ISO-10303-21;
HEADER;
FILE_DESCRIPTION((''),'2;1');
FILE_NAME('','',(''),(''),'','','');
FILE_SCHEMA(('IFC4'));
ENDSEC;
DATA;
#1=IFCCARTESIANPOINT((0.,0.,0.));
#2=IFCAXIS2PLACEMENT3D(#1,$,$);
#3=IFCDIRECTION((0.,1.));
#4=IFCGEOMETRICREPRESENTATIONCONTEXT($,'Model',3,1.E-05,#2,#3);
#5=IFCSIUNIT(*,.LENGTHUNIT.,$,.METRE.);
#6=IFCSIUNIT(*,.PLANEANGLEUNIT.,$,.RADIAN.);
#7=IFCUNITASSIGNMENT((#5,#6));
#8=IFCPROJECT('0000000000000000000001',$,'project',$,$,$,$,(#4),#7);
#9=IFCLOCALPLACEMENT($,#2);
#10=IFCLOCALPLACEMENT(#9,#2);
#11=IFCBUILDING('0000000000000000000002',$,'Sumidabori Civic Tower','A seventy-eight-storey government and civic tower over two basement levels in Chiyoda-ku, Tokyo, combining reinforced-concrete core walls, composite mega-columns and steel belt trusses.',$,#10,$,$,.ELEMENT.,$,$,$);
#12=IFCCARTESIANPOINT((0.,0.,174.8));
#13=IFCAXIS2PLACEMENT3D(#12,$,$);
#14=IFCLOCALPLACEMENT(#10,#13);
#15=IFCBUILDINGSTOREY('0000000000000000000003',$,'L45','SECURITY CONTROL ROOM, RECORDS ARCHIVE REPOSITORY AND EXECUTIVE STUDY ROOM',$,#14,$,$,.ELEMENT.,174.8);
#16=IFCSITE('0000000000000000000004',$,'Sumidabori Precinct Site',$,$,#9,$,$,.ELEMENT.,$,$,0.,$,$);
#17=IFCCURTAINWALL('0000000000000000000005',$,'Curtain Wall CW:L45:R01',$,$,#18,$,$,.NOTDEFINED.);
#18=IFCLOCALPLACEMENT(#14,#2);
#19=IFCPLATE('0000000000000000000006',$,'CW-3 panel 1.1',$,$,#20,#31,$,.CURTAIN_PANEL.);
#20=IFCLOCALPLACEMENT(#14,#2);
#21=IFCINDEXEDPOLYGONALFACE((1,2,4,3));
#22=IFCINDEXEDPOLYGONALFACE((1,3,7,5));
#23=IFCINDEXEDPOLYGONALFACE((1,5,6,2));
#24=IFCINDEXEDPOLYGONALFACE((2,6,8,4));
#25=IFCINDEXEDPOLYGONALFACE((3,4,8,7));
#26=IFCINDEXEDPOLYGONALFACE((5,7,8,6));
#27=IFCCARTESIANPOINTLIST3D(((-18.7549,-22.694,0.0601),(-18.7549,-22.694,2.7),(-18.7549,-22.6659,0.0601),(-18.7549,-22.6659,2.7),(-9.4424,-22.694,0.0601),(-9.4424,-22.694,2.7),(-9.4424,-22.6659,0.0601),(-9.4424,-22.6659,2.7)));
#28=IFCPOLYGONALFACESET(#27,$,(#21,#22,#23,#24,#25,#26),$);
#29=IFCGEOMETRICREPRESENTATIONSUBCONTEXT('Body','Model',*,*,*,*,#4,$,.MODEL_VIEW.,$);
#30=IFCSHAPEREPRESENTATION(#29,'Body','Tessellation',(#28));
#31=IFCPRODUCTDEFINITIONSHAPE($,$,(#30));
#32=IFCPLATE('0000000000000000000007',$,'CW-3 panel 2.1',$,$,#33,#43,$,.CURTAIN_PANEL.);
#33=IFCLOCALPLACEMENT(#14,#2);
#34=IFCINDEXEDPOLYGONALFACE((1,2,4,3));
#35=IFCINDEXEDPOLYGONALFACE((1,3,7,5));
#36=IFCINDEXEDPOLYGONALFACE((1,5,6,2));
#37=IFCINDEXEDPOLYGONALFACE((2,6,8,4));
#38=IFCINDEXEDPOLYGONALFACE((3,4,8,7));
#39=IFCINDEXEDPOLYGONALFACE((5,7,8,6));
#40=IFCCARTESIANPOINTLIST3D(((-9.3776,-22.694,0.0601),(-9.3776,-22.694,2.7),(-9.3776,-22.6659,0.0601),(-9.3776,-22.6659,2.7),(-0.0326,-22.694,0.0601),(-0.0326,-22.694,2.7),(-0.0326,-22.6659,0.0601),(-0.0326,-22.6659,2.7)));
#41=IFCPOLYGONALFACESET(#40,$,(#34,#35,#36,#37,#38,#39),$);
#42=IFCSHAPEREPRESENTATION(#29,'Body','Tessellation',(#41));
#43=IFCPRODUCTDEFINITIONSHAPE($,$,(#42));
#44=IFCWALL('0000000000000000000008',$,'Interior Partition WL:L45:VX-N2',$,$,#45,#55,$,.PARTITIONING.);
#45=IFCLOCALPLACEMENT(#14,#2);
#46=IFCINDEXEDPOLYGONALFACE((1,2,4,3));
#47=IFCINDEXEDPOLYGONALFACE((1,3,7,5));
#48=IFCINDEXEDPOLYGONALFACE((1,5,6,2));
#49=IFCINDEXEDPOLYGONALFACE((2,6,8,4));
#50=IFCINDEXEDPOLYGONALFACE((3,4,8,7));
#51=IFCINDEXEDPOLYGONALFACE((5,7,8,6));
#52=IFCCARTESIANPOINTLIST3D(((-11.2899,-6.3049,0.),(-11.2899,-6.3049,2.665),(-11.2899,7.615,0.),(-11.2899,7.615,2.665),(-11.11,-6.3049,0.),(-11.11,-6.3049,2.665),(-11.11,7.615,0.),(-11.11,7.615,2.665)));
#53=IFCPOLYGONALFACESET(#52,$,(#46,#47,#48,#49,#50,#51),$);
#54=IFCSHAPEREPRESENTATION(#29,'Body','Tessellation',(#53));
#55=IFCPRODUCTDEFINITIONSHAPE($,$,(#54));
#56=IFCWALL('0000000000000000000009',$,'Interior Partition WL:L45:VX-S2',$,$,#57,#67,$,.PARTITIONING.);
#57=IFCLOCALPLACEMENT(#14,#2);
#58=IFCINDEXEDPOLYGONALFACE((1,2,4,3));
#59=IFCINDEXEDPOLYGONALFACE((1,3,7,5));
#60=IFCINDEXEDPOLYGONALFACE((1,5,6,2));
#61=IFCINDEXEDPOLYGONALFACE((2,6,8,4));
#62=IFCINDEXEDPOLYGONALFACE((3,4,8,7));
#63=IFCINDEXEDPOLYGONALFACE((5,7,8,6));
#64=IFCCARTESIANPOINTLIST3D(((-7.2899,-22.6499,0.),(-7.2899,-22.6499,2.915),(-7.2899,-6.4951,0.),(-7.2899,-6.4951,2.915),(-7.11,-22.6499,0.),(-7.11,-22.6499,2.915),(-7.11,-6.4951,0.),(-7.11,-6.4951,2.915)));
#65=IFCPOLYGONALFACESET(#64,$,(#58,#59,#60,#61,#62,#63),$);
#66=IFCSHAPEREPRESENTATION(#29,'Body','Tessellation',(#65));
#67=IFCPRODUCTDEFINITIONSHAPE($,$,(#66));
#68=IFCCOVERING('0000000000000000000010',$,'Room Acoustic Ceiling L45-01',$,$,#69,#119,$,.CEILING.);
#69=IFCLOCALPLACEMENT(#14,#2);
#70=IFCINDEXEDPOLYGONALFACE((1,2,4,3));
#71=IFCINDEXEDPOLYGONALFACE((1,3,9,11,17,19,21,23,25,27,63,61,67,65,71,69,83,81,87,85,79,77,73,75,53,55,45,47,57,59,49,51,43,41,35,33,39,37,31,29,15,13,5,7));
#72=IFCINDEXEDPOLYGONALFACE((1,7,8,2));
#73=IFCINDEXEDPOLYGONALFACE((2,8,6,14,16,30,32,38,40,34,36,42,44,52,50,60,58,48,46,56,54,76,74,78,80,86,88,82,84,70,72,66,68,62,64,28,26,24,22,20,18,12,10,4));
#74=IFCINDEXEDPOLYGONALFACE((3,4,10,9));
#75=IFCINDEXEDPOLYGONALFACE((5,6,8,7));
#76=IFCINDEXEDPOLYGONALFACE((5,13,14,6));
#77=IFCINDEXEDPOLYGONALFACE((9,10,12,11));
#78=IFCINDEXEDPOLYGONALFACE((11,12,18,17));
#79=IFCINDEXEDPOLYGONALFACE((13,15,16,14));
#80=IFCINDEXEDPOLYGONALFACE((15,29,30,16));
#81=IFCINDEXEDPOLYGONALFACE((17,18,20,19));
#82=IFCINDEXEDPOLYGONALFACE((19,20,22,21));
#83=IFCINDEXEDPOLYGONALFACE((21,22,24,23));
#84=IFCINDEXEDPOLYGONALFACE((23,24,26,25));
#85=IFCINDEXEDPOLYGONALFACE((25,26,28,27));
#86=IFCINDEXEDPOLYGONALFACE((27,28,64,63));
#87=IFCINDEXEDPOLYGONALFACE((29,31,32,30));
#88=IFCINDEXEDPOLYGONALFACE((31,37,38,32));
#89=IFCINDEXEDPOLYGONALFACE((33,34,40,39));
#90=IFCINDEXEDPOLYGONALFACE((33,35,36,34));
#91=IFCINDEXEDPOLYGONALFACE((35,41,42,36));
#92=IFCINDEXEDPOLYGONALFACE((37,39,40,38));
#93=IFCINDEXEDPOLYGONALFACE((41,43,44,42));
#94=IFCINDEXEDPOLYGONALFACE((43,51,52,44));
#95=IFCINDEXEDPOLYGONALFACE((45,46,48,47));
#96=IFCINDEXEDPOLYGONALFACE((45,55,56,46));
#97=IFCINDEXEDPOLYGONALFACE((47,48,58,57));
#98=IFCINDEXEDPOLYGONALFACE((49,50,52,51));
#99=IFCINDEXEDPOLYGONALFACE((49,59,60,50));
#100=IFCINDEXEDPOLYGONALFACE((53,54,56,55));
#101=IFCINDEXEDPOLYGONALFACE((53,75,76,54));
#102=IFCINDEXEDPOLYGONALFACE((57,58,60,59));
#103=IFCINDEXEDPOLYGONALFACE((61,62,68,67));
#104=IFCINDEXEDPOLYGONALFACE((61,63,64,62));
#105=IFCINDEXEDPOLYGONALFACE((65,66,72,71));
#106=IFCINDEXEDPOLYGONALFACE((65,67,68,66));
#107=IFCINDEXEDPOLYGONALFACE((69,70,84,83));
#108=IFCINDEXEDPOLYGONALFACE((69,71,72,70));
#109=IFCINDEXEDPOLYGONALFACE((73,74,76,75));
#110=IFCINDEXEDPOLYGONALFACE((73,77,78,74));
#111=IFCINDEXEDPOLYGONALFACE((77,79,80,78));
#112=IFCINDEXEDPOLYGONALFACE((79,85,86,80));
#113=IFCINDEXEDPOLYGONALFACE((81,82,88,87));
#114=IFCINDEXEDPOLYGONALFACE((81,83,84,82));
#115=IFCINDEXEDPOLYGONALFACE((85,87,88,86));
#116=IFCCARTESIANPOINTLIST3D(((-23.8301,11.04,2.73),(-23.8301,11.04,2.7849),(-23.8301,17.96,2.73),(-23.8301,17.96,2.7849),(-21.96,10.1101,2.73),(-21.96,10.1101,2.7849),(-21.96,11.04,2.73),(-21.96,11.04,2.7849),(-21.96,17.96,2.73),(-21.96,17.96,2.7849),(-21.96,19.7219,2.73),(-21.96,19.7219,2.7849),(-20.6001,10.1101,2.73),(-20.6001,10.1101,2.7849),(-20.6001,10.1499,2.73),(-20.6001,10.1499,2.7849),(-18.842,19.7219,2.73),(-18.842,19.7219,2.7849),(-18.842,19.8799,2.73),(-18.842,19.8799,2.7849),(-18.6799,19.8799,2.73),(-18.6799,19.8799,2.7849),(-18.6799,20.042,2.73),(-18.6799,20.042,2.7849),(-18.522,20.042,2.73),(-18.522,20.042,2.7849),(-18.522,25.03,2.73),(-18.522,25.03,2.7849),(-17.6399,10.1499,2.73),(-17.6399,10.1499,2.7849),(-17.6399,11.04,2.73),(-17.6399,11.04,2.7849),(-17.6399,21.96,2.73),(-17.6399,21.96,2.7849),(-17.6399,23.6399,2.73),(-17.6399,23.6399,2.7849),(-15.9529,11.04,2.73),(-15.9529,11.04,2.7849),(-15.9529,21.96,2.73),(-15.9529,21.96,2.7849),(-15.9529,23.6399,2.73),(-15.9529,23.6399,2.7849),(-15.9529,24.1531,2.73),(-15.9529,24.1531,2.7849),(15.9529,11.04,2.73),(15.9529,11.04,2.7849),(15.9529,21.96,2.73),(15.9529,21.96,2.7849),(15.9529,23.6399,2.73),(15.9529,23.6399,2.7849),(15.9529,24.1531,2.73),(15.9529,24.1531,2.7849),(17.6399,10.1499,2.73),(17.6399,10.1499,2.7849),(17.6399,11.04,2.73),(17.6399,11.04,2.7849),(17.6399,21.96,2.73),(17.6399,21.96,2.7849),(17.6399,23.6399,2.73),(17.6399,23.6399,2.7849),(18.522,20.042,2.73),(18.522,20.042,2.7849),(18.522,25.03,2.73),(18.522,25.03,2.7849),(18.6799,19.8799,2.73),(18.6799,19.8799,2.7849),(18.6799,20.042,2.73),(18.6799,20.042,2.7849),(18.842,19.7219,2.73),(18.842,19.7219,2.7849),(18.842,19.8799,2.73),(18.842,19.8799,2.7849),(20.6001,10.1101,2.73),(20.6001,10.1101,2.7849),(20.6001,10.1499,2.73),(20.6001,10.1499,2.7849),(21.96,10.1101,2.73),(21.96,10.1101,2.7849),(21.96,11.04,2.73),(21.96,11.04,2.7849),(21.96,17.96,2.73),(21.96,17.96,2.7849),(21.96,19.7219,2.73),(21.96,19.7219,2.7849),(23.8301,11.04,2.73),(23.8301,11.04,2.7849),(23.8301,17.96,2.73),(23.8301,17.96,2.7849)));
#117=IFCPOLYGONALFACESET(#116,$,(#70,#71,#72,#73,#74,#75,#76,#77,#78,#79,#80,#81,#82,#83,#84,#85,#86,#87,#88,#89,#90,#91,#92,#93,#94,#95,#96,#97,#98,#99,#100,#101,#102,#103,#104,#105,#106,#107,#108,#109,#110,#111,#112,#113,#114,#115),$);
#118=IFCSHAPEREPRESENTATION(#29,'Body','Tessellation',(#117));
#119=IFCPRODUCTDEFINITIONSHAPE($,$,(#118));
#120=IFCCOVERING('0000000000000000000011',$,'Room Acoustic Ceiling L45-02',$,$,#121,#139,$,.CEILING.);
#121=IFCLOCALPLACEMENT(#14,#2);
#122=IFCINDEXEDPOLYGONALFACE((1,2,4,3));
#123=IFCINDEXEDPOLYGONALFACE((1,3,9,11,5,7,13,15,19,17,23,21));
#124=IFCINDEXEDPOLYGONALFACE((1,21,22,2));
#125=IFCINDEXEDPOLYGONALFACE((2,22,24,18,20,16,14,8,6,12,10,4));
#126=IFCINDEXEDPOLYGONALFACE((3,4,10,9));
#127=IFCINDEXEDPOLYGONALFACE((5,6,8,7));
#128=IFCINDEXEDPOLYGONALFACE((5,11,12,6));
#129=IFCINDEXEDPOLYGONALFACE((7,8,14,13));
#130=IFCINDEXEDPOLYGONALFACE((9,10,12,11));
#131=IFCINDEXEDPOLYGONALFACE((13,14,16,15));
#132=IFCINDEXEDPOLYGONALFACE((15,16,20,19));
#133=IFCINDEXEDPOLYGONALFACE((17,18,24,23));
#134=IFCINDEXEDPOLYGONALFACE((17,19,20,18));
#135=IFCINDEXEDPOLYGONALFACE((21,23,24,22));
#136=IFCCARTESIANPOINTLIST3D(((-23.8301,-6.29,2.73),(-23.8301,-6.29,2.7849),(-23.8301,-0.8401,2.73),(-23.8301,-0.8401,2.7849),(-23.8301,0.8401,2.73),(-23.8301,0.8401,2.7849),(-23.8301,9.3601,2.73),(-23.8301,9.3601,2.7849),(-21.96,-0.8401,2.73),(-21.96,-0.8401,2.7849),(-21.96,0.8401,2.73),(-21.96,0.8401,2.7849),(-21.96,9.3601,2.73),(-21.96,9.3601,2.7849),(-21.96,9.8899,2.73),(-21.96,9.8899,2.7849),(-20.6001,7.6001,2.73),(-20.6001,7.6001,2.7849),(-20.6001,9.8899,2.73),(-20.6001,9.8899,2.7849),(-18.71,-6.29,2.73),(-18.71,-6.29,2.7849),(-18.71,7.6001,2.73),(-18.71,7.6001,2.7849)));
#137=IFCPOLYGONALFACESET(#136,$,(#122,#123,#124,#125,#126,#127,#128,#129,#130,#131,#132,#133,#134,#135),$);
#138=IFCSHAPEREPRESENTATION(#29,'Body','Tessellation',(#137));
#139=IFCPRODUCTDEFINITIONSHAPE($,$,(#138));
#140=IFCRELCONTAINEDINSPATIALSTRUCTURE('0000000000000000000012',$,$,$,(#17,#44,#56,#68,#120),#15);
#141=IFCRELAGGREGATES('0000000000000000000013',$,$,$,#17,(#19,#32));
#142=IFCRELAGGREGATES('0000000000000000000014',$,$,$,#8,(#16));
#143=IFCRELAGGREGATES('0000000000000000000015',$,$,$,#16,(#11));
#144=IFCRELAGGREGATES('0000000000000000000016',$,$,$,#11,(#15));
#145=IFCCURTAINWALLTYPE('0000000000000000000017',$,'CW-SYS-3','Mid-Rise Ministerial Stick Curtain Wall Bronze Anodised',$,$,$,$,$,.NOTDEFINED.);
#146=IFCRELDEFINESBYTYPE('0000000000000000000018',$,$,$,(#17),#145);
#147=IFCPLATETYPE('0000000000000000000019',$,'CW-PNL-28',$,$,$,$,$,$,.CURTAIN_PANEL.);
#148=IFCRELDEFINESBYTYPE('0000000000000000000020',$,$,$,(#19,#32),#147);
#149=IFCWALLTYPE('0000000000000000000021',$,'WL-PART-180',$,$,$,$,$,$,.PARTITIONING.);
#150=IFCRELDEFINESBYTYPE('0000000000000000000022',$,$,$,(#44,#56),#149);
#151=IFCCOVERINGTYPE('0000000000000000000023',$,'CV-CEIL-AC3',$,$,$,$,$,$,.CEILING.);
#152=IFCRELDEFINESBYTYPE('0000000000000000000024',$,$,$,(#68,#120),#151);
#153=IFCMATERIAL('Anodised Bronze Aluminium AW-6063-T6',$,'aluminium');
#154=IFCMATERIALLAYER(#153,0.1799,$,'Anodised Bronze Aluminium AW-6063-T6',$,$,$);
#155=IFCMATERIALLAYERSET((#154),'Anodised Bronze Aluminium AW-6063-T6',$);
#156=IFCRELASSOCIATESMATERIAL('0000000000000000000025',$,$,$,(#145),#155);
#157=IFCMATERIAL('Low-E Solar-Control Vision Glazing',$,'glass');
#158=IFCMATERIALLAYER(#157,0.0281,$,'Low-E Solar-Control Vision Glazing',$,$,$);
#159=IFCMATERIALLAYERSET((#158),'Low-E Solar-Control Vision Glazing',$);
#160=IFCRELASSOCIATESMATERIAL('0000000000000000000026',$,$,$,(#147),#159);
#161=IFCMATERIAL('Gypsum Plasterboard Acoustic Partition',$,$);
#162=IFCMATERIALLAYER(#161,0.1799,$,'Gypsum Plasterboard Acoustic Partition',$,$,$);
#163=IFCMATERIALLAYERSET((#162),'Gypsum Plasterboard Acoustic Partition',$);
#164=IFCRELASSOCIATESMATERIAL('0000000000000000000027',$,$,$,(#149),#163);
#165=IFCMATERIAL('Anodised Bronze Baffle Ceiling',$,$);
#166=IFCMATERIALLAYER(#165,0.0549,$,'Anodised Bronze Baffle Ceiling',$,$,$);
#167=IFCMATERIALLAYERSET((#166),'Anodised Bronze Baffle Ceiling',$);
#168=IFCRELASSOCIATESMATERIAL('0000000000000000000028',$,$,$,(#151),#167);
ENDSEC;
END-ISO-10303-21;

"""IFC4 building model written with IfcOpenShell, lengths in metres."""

from ifc_helpers import new_model, si_unit, direction, frame, frame_2d, origin, origin_2d, place, context, subcontext, project, spatial, polyline, rectangle, outline, extrude, source, transform, mapped, material, layer, layer_set, type_object, element, aggregate, save


model = new_model("IFC4")

# Units and contexts
model_context = context("Model", 3, precision=1e-05, world=origin(), true_north=direction((0.0, 1.0)))
body_context = subcontext(model_context, "Body", "Model", "MODEL_VIEW")
ifc_project = project(units=[si_unit("LENGTHUNIT", "METRE"), si_unit("PLANEANGLEUNIT", "RADIAN")], contexts=[model_context])

# Site, building, storey
site_placement = place(None, origin())
site = spatial("IfcSite", under=ifc_project, at=site_placement, Name="Sumidabori Precinct Site", CompositionType="ELEMENT", RefElevation=0.0)
building_placement = place(site_placement, origin())
building = spatial("IfcBuilding", under=site, at=building_placement, Name="Sumidabori Civic Tower", Description="A seventy-eight-storey government and civic tower over two basement levels in Chiyoda-ku, Tokyo, combining reinforced-concrete core walls, composite mega-columns and steel belt trusses.", CompositionType="ELEMENT")
storey_placement = place(building_placement, frame((0.0, 0.0, 174.8)))
storey = spatial("IfcBuildingStorey", under=building, at=storey_placement, Name="L45", Description="SECURITY CONTROL ROOM, RECORDS ARCHIVE REPOSITORY AND EXECUTIVE STUDY ROOM", CompositionType="ELEMENT", Elevation=174.8)

# Curtain wall
ifc_material_1 = material(Name="Anodised Bronze Aluminium AW-6063-T6", Category="aluminium")
ifc_layer_1 = layer(ifc_material_1, 0.1799, Name="Anodised Bronze Aluminium AW-6063-T6")
ifc_layer_set_1 = layer_set([ifc_layer_1], Name="Anodised Bronze Aluminium AW-6063-T6")
curtain_wall_type = type_object("IfcCurtainWallType", Name="CW-SYS-3", Description="Mid-Rise Ministerial Stick Curtain Wall Bronze Anodised", PredefinedType="NOTDEFINED", material=ifc_layer_set_1)
curtain_wall_placement = place(storey_placement, origin())
curtain_wall = element("IfcCurtainWall", 1, at=curtain_wall_placement, inside=storey, type_object=curtain_wall_type, Name="Curtain Wall CW:L45:R01", PredefinedType="NOTDEFINED")

# Plates
ifc_material_2 = material(Name="Low-E Solar-Control Vision Glazing", Category="glass")
ifc_layer_2 = layer(ifc_material_2, 0.0281, Name="Low-E Solar-Control Vision Glazing")
ifc_layer_set_2 = layer_set([ifc_layer_2], Name="Low-E Solar-Control Vision Glazing")
plate_type = type_object("IfcPlateType", Name="CW-PNL-28", PredefinedType="CURTAIN_PANEL", material=ifc_layer_set_2)
shared_shape_1 = source(origin(), body_context, "Body", "SweptSolid", [
    extrude(rectangle(XDim=9.3125, YDim=0.0281, at=origin_2d()), origin(), (0.0, 0.0, 1.0), 2.6399),
])
plate_1_placement = place(storey_placement, frame((-14.0986, -22.6799, 0.0601), z_axis=(0.0, 0.0, 1.0), x_axis=(1.0, 0.0, 0.0)))
plate_1 = element("IfcPlate", 2, at=plate_1_placement, type_object=plate_type, Name="CW-3 panel 1.1", PredefinedType="CURTAIN_PANEL", context=body_context, shape_type="MappedRepresentation", body=[
    mapped(shared_shape_1, transform((0.0, 0.0, 0.0), x_axis=(1.0, 0.0, 0.0), y_axis=(0.0, 1.0, 0.0), z_axis=(0.0, 0.0, 1.0), scale=1.0)),
])
shared_shape_2 = source(origin(), body_context, "Body", "SweptSolid", [
    extrude(rectangle(XDim=9.345, YDim=0.0281, at=origin_2d()), origin(), (0.0, 0.0, 1.0), 2.6399),
])
plate_2_placement = place(storey_placement, frame((-4.7051, -22.6799, 0.0601), z_axis=(0.0, 0.0, 1.0), x_axis=(1.0, 0.0, 0.0)))
plate_2 = element("IfcPlate", 3, at=plate_2_placement, type_object=plate_type, Name="CW-3 panel 2.1", PredefinedType="CURTAIN_PANEL", context=body_context, shape_type="MappedRepresentation", body=[
    mapped(shared_shape_2, transform((0.0, 0.0, 0.0), x_axis=(1.0, 0.0, 0.0), y_axis=(0.0, 1.0, 0.0), z_axis=(0.0, 0.0, 1.0), scale=1.0)),
])
aggregate(curtain_wall, [plate_1, plate_2])

# Walls
ifc_material_3 = material(Name="Gypsum Plasterboard Acoustic Partition")
ifc_layer_3 = layer(ifc_material_3, 0.1799, Name="Gypsum Plasterboard Acoustic Partition")
ifc_layer_set_3 = layer_set([ifc_layer_3], Name="Gypsum Plasterboard Acoustic Partition")
wall_type = type_object("IfcWallType", Name="WL-PART-180", PredefinedType="PARTITIONING", material=ifc_layer_set_3)
shared_shape_3 = source(origin(), body_context, "Body", "SweptSolid", [
    extrude(rectangle(XDim=13.9199, YDim=0.1799, at=frame_2d((6.96, 0.0))), origin(), (0.0, 0.0, 1.0), 2.665),
])
wall_1_placement = place(storey_placement, frame((-11.2, -6.3049, 0.0), z_axis=(0.0, 0.0, 1.0), x_axis=(0.0, 1.0, 0.0)))
element("IfcWall", 4, at=wall_1_placement, inside=storey, type_object=wall_type, Name="Interior Partition WL:L45:VX-N2", PredefinedType="PARTITIONING", context=body_context, shape_type="MappedRepresentation", body=[
    mapped(shared_shape_3, transform((0.0, 0.0, 0.0), x_axis=(1.0, 0.0, 0.0), y_axis=(0.0, 1.0, 0.0), z_axis=(0.0, 0.0, 1.0), scale=1.0)),
])
shared_shape_4 = source(origin(), body_context, "Body", "SweptSolid", [
    extrude(rectangle(XDim=16.1548, YDim=0.1799, at=frame_2d((8.0774, 0.0))), origin(), (0.0, 0.0, 1.0), 2.915),
])
wall_2_placement = place(storey_placement, frame((-7.2, -22.6499, 0.0), z_axis=(0.0, 0.0, 1.0), x_axis=(0.0, 1.0, 0.0)))
element("IfcWall", 5, at=wall_2_placement, inside=storey, type_object=wall_type, Name="Interior Partition WL:L45:VX-S2", PredefinedType="PARTITIONING", context=body_context, shape_type="MappedRepresentation", body=[
    mapped(shared_shape_4, transform((0.0, 0.0, 0.0), x_axis=(1.0, 0.0, 0.0), y_axis=(0.0, 1.0, 0.0), z_axis=(0.0, 0.0, 1.0), scale=1.0)),
])

# Coverings
ifc_material_4 = material(Name="Anodised Bronze Baffle Ceiling")
ifc_layer_4 = layer(ifc_material_4, 0.0549, Name="Anodised Bronze Baffle Ceiling")
ifc_layer_set_4 = layer_set([ifc_layer_4], Name="Anodised Bronze Baffle Ceiling")
covering_type_1 = type_object("IfcCoveringType", Name="CV-CEIL-AC3", PredefinedType="CEILING", material=ifc_layer_set_4)
covering_1_placement = place(storey_placement, frame((0.0, 0.0, 2.73)))
element("IfcCovering", 6, at=covering_1_placement, inside=storey, type_object=covering_type_1, Name="Room Acoustic Ceiling L45-01", PredefinedType="CEILING", context=body_context, shape_type="SweptSolid", body=[
    extrude(outline(polyline([(-20.6001, 10.1101), (-21.96, 10.1101), (-21.96, 11.04), (-23.8301, 11.04), (-23.8301, 17.96), (-21.96, 17.96), (-21.96, 19.7219), (-18.842, 19.7219), (-18.842, 19.8799), (-18.6799, 19.8799), (-18.6799, 20.042), (-18.522, 20.042), (-18.522, 25.03), (18.522, 25.03), (18.522, 20.042), (18.6799, 20.042), (18.6799, 19.8799), (18.842, 19.8799), (18.842, 19.7219), (21.96, 19.7219), (21.96, 17.96), (23.8301, 17.96), (23.8301, 11.04), (21.96, 11.04), (21.96, 10.1101), (20.6001, 10.1101), (20.6001, 10.1499), (17.6399, 10.1499), (17.6399, 11.04), (15.9529, 11.04), (15.9529, 21.96), (17.6399, 21.96), (17.6399, 23.6399), (15.9529, 23.6399), (15.9529, 24.1531), (-15.9529, 24.1531), (-15.9529, 23.6399), (-17.6399, 23.6399), (-17.6399, 21.96), (-15.9529, 21.96), (-15.9529, 11.04), (-17.6399, 11.04), (-17.6399, 10.1499), (-20.6001, 10.1499), (-20.6001, 10.1101)])), origin(), (0.0, 0.0, 1.0), 0.0549),
])
covering_2_placement = place(storey_placement, frame((0.0, 0.0, 2.73)))
element("IfcCovering", 7, at=covering_2_placement, inside=storey, type_object=covering_type_1, Name="Room Acoustic Ceiling L45-02", PredefinedType="CEILING", context=body_context, shape_type="SweptSolid", body=[
    extrude(outline(polyline([(-21.96, 9.3601), (-21.96, 9.8899), (-20.6001, 9.8899), (-20.6001, 7.6001), (-18.71, 7.6001), (-18.71, -6.29), (-23.8301, -6.29), (-23.8301, -0.8401), (-21.96, -0.8401), (-21.96, 0.8401), (-23.8301, 0.8401), (-23.8301, 9.3601), (-21.96, 9.3601)])), origin(), (0.0, 0.0, 1.0), 0.0549),
])

save(model, "model.ifc")
